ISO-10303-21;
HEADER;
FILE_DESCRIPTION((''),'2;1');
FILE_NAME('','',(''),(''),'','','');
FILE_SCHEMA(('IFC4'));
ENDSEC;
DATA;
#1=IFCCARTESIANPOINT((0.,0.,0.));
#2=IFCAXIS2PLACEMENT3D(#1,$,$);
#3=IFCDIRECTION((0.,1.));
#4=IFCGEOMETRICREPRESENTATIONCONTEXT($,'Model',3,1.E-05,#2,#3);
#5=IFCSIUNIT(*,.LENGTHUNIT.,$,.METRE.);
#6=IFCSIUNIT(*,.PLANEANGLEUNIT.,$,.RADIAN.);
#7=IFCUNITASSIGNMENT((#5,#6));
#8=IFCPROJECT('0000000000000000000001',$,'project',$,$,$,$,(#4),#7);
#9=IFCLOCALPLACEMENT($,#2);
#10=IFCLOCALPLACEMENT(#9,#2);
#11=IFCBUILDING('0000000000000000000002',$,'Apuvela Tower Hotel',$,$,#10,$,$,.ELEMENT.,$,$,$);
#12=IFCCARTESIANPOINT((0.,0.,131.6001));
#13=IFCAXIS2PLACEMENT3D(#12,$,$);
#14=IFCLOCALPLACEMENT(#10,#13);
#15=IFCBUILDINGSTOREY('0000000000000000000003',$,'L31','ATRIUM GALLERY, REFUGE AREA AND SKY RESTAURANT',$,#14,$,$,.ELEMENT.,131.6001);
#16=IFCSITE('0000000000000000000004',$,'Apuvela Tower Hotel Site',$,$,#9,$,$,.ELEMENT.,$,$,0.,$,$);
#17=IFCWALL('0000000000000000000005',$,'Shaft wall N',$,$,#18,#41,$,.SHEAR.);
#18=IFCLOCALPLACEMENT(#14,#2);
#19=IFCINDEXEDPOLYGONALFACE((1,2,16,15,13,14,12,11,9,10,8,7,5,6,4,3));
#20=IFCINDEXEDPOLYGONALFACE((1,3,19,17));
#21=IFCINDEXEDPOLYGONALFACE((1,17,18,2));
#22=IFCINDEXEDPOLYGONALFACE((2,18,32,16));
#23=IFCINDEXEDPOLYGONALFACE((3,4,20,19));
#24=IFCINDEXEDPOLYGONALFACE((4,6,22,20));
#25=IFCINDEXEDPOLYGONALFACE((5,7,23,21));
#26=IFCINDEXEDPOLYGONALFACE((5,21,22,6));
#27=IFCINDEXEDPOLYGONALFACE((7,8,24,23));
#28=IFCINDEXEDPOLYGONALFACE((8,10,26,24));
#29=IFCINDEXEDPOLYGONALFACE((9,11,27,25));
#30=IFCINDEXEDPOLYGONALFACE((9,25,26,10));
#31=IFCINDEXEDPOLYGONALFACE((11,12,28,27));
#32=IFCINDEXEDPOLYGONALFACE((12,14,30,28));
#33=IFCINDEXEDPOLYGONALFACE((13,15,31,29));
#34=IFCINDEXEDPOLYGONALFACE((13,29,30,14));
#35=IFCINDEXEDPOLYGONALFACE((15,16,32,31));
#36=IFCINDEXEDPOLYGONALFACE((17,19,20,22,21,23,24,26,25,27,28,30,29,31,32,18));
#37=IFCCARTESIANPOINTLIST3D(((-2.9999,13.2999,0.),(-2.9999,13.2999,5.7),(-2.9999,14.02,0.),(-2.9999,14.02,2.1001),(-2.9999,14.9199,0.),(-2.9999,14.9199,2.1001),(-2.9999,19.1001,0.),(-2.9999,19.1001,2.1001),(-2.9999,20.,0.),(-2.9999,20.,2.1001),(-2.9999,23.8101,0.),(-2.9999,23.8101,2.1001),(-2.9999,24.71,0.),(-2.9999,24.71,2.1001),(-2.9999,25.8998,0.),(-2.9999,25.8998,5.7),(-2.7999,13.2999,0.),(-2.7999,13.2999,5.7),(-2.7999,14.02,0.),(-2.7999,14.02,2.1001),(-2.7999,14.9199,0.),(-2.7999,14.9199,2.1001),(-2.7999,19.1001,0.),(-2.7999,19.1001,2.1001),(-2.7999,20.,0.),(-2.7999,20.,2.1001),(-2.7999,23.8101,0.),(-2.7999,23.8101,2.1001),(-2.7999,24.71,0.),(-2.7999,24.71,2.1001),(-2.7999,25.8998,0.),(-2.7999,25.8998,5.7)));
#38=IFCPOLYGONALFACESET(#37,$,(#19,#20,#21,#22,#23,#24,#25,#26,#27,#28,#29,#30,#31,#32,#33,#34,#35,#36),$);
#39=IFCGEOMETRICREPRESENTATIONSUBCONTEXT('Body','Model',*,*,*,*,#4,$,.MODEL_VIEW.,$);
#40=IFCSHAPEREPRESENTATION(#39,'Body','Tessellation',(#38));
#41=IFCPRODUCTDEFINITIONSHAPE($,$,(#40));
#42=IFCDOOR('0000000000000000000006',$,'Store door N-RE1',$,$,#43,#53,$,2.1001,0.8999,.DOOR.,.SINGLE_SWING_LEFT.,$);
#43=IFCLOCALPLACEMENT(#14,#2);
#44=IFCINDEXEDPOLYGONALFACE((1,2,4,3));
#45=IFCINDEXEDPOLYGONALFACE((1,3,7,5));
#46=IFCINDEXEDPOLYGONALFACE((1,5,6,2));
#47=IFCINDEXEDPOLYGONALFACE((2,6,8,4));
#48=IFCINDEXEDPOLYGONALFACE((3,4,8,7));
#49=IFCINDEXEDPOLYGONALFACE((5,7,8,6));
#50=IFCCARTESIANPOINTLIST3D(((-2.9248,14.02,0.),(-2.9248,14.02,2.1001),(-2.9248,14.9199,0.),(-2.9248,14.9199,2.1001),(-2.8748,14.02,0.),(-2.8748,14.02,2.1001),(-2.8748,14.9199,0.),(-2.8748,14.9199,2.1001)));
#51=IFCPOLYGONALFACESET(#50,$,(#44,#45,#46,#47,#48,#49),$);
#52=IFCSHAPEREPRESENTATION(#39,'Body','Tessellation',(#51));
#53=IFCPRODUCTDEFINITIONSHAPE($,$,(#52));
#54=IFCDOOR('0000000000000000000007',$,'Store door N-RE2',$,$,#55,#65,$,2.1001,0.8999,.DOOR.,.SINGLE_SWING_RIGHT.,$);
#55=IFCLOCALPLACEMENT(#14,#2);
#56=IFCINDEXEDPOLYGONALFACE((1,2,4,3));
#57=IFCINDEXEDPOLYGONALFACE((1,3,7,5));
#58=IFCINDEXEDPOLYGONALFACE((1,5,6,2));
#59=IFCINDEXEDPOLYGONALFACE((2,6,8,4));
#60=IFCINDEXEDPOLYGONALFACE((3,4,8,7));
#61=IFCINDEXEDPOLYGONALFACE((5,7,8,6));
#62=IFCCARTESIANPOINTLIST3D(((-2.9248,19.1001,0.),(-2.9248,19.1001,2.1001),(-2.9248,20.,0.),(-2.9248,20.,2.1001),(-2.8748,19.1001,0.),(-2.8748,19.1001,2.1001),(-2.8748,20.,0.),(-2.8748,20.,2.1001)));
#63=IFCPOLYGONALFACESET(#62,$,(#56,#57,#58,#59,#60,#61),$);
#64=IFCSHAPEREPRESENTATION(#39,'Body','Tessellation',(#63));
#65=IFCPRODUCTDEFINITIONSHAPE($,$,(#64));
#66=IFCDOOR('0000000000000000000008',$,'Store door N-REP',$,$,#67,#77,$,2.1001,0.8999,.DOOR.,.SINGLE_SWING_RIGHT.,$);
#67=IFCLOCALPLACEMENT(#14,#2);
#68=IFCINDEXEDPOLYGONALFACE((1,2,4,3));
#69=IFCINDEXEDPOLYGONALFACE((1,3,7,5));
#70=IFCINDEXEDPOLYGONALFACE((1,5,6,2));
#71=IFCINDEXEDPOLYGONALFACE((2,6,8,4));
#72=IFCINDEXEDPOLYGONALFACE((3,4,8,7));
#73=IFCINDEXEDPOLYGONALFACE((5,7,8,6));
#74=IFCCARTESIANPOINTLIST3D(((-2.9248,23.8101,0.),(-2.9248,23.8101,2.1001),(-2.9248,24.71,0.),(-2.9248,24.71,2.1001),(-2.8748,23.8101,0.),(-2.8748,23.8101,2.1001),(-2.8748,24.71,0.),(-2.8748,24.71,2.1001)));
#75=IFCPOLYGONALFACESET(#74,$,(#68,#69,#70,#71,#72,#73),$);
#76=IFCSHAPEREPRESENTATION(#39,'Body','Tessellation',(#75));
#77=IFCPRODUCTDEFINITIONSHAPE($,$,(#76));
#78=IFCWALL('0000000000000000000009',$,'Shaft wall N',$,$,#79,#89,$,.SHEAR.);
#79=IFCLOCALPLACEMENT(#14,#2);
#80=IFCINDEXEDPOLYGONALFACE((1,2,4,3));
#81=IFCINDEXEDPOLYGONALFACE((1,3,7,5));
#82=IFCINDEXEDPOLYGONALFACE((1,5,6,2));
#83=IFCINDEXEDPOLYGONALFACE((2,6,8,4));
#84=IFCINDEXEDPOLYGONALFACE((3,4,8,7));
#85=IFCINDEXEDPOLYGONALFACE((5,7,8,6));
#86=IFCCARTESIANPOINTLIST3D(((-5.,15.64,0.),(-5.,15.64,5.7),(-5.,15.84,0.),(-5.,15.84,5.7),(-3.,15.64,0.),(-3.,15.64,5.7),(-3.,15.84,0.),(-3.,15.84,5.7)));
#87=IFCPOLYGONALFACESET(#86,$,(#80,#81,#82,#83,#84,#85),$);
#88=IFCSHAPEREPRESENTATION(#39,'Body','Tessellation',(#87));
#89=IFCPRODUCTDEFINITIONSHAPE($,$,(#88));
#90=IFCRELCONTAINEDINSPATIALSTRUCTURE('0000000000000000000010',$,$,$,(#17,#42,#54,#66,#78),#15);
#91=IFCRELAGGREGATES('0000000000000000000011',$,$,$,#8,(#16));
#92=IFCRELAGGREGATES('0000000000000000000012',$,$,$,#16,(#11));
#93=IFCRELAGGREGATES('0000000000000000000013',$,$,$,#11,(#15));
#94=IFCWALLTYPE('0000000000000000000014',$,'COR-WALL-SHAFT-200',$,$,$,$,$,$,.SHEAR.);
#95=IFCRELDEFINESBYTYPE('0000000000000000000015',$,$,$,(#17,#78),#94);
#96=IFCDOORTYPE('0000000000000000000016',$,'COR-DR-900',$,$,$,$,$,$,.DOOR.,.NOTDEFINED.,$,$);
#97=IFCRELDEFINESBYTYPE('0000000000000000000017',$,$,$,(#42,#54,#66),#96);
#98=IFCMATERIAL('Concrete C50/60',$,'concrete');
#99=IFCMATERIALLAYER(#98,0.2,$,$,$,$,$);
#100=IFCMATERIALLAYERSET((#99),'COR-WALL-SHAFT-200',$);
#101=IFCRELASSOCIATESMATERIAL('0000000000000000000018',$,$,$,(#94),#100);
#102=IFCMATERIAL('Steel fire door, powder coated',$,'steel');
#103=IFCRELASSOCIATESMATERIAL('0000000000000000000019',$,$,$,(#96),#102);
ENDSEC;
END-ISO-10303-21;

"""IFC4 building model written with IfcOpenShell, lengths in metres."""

from ifc_helpers import new_model, si_unit, direction, frame, frame_2d, origin, place, context, subcontext, project, spatial, rectangle, extrude, material, layer, layer_set, type_object, element, fill, save


model = new_model("IFC4")

# Units and contexts
model_context = context("Model", 3, precision=1e-05, world=origin(), true_north=direction((0.0, 1.0)))
body_context = subcontext(model_context, "Body", "Model", "MODEL_VIEW")
ifc_project = project(units=[si_unit("LENGTHUNIT", "METRE"), si_unit("PLANEANGLEUNIT", "RADIAN")], contexts=[model_context])

# Site, building, storey
site_placement = place(None, origin())
site = spatial("IfcSite", under=ifc_project, at=site_placement, Name="Apuvela Tower Hotel Site", CompositionType="ELEMENT", RefElevation=0.0)
building_placement = place(site_placement, origin())
building = spatial("IfcBuilding", under=site, at=building_placement, Name="Apuvela Tower Hotel", CompositionType="ELEMENT")
storey_placement = place(building_placement, frame((0.0, 0.0, 131.6001)))
storey = spatial("IfcBuildingStorey", under=building, at=storey_placement, Name="L31", Description="ATRIUM GALLERY, REFUGE AREA AND SKY RESTAURANT", CompositionType="ELEMENT", Elevation=131.6001)

# Shared definitions
ifc_material_1 = material(Name="Concrete C50/60", Category="concrete")
ifc_layer_1 = layer(ifc_material_1, 0.2)
ifc_layer_set_1 = layer_set([ifc_layer_1], Name="COR-WALL-SHAFT-200")
wall_type_1 = type_object("IfcWallType", Name="COR-WALL-SHAFT-200", PredefinedType="SHEAR", material=ifc_layer_set_1)

# Wall, openings, doors
wall_1_placement = place(storey_placement, frame((-2.8999, 13.3, 0.0), z_axis=(0.0, 0.0, 1.0), x_axis=(0.0, 1.0, 0.0)))
wall_1 = element("IfcWall", 1, at=wall_1_placement, inside=storey, type_object=wall_type_1, Name="Shaft wall N", PredefinedType="SHEAR", context=body_context, shape_type="SweptSolid", body=[
    extrude(rectangle(XDim=12.5999, YDim=0.2, at=frame_2d((6.2998, 0.0))), origin(), (0.0, 0.0, 1.0), 5.7),
])
opening_1_placement = place(wall_1_placement, frame((0.72, 0.0, 0.0)))
opening_1 = element("IfcOpeningElement", 2, at=opening_1_placement, cuts=wall_1, PredefinedType="OPENING", context=body_context, shape_type="SweptSolid", body=[
    extrude(rectangle(XDim=0.8999, YDim=2.1001, at=frame_2d((0.45, 1.05))), frame((0.0, 0.1099, 0.0), z_axis=(0.0, -1.0, 0.0), x_axis=(1.0, 0.0, 0.0)), (0.0, 0.0, 1.0), 0.22),
])
opening_2_placement = place(wall_1_placement, frame((5.8, 0.0, 0.0)))
opening_2 = element("IfcOpeningElement", 3, at=opening_2_placement, cuts=wall_1, PredefinedType="OPENING", context=body_context, shape_type="SweptSolid", body=[
    extrude(rectangle(XDim=0.8999, YDim=2.1001, at=frame_2d((0.45, 1.05))), frame((0.0, 0.1099, 0.0), z_axis=(0.0, -1.0, 0.0), x_axis=(1.0, 0.0, 0.0)), (0.0, 0.0, 1.0), 0.22),
])
opening_3_placement = place(wall_1_placement, frame((10.51, 0.0, 0.0)))
opening_3 = element("IfcOpeningElement", 4, at=opening_3_placement, cuts=wall_1, PredefinedType="OPENING", context=body_context, shape_type="SweptSolid", body=[
    extrude(rectangle(XDim=0.8999, YDim=2.1001, at=frame_2d((0.45, 1.05))), frame((0.0, 0.1099, 0.0), z_axis=(0.0, -1.0, 0.0), x_axis=(1.0, 0.0, 0.0)), (0.0, 0.0, 1.0), 0.22),
])
ifc_material_2 = material(Name="Steel fire door, powder coated", Category="steel")
door_type_1 = type_object("IfcDoorType", Name="COR-DR-900", OperationType="NOTDEFINED", PredefinedType="DOOR", material=ifc_material_2)
door_1_placement = place(opening_1_placement, origin())
door_1 = element("IfcDoor", 5, at=door_1_placement, inside=storey, type_object=door_type_1, Name="Store door N-RE1", OperationType="SINGLE_SWING_LEFT", OverallHeight=2.1001, OverallWidth=0.8999, PredefinedType="DOOR", context=body_context, shape_type="SweptSolid", body=[
    extrude(rectangle(XDim=0.8999, YDim=2.1001, at=frame_2d((0.45, 1.05))), frame((0.0, 0.0249, 0.0), z_axis=(0.0, -1.0, 0.0), x_axis=(1.0, 0.0, 0.0)), (0.0, 0.0, 1.0), 0.05),
])
fill(opening_1, door_1)
door_2_placement = place(opening_2_placement, origin())
door_2 = element("IfcDoor", 6, at=door_2_placement, inside=storey, type_object=door_type_1, Name="Store door N-RE2", OperationType="SINGLE_SWING_RIGHT", OverallHeight=2.1001, OverallWidth=0.8999, PredefinedType="DOOR", context=body_context, shape_type="SweptSolid", body=[
    extrude(rectangle(XDim=0.8999, YDim=2.1001, at=frame_2d((0.45, 1.05))), frame((0.0, 0.0249, 0.0), z_axis=(0.0, -1.0, 0.0), x_axis=(1.0, 0.0, 0.0)), (0.0, 0.0, 1.0), 0.05),
])
fill(opening_2, door_2)
door_3_placement = place(opening_3_placement, origin())
door_3 = element("IfcDoor", 7, at=door_3_placement, inside=storey, type_object=door_type_1, Name="Store door N-REP", OperationType="SINGLE_SWING_RIGHT", OverallHeight=2.1001, OverallWidth=0.8999, PredefinedType="DOOR", context=body_context, shape_type="SweptSolid", body=[
    extrude(rectangle(XDim=0.8999, YDim=2.1001, at=frame_2d((0.45, 1.05))), frame((0.0, 0.0249, 0.0), z_axis=(0.0, -1.0, 0.0), x_axis=(1.0, 0.0, 0.0)), (0.0, 0.0, 1.0), 0.05),
])
fill(opening_3, door_3)

# Wall
wall_2_placement = place(storey_placement, frame((-3.0, 15.74, 0.0), z_axis=(0.0, 0.0, 1.0), x_axis=(-1.0, 0.0, 0.0)))
element("IfcWall", 8, at=wall_2_placement, inside=storey, type_object=wall_type_1, Name="Shaft wall N", PredefinedType="SHEAR", context=body_context, shape_type="SweptSolid", body=[
    extrude(rectangle(XDim=2.0, YDim=0.2, at=frame_2d((1.0, 0.0))), origin(), (0.0, 0.0, 1.0), 5.7),
])

save(model, "model.ifc")
